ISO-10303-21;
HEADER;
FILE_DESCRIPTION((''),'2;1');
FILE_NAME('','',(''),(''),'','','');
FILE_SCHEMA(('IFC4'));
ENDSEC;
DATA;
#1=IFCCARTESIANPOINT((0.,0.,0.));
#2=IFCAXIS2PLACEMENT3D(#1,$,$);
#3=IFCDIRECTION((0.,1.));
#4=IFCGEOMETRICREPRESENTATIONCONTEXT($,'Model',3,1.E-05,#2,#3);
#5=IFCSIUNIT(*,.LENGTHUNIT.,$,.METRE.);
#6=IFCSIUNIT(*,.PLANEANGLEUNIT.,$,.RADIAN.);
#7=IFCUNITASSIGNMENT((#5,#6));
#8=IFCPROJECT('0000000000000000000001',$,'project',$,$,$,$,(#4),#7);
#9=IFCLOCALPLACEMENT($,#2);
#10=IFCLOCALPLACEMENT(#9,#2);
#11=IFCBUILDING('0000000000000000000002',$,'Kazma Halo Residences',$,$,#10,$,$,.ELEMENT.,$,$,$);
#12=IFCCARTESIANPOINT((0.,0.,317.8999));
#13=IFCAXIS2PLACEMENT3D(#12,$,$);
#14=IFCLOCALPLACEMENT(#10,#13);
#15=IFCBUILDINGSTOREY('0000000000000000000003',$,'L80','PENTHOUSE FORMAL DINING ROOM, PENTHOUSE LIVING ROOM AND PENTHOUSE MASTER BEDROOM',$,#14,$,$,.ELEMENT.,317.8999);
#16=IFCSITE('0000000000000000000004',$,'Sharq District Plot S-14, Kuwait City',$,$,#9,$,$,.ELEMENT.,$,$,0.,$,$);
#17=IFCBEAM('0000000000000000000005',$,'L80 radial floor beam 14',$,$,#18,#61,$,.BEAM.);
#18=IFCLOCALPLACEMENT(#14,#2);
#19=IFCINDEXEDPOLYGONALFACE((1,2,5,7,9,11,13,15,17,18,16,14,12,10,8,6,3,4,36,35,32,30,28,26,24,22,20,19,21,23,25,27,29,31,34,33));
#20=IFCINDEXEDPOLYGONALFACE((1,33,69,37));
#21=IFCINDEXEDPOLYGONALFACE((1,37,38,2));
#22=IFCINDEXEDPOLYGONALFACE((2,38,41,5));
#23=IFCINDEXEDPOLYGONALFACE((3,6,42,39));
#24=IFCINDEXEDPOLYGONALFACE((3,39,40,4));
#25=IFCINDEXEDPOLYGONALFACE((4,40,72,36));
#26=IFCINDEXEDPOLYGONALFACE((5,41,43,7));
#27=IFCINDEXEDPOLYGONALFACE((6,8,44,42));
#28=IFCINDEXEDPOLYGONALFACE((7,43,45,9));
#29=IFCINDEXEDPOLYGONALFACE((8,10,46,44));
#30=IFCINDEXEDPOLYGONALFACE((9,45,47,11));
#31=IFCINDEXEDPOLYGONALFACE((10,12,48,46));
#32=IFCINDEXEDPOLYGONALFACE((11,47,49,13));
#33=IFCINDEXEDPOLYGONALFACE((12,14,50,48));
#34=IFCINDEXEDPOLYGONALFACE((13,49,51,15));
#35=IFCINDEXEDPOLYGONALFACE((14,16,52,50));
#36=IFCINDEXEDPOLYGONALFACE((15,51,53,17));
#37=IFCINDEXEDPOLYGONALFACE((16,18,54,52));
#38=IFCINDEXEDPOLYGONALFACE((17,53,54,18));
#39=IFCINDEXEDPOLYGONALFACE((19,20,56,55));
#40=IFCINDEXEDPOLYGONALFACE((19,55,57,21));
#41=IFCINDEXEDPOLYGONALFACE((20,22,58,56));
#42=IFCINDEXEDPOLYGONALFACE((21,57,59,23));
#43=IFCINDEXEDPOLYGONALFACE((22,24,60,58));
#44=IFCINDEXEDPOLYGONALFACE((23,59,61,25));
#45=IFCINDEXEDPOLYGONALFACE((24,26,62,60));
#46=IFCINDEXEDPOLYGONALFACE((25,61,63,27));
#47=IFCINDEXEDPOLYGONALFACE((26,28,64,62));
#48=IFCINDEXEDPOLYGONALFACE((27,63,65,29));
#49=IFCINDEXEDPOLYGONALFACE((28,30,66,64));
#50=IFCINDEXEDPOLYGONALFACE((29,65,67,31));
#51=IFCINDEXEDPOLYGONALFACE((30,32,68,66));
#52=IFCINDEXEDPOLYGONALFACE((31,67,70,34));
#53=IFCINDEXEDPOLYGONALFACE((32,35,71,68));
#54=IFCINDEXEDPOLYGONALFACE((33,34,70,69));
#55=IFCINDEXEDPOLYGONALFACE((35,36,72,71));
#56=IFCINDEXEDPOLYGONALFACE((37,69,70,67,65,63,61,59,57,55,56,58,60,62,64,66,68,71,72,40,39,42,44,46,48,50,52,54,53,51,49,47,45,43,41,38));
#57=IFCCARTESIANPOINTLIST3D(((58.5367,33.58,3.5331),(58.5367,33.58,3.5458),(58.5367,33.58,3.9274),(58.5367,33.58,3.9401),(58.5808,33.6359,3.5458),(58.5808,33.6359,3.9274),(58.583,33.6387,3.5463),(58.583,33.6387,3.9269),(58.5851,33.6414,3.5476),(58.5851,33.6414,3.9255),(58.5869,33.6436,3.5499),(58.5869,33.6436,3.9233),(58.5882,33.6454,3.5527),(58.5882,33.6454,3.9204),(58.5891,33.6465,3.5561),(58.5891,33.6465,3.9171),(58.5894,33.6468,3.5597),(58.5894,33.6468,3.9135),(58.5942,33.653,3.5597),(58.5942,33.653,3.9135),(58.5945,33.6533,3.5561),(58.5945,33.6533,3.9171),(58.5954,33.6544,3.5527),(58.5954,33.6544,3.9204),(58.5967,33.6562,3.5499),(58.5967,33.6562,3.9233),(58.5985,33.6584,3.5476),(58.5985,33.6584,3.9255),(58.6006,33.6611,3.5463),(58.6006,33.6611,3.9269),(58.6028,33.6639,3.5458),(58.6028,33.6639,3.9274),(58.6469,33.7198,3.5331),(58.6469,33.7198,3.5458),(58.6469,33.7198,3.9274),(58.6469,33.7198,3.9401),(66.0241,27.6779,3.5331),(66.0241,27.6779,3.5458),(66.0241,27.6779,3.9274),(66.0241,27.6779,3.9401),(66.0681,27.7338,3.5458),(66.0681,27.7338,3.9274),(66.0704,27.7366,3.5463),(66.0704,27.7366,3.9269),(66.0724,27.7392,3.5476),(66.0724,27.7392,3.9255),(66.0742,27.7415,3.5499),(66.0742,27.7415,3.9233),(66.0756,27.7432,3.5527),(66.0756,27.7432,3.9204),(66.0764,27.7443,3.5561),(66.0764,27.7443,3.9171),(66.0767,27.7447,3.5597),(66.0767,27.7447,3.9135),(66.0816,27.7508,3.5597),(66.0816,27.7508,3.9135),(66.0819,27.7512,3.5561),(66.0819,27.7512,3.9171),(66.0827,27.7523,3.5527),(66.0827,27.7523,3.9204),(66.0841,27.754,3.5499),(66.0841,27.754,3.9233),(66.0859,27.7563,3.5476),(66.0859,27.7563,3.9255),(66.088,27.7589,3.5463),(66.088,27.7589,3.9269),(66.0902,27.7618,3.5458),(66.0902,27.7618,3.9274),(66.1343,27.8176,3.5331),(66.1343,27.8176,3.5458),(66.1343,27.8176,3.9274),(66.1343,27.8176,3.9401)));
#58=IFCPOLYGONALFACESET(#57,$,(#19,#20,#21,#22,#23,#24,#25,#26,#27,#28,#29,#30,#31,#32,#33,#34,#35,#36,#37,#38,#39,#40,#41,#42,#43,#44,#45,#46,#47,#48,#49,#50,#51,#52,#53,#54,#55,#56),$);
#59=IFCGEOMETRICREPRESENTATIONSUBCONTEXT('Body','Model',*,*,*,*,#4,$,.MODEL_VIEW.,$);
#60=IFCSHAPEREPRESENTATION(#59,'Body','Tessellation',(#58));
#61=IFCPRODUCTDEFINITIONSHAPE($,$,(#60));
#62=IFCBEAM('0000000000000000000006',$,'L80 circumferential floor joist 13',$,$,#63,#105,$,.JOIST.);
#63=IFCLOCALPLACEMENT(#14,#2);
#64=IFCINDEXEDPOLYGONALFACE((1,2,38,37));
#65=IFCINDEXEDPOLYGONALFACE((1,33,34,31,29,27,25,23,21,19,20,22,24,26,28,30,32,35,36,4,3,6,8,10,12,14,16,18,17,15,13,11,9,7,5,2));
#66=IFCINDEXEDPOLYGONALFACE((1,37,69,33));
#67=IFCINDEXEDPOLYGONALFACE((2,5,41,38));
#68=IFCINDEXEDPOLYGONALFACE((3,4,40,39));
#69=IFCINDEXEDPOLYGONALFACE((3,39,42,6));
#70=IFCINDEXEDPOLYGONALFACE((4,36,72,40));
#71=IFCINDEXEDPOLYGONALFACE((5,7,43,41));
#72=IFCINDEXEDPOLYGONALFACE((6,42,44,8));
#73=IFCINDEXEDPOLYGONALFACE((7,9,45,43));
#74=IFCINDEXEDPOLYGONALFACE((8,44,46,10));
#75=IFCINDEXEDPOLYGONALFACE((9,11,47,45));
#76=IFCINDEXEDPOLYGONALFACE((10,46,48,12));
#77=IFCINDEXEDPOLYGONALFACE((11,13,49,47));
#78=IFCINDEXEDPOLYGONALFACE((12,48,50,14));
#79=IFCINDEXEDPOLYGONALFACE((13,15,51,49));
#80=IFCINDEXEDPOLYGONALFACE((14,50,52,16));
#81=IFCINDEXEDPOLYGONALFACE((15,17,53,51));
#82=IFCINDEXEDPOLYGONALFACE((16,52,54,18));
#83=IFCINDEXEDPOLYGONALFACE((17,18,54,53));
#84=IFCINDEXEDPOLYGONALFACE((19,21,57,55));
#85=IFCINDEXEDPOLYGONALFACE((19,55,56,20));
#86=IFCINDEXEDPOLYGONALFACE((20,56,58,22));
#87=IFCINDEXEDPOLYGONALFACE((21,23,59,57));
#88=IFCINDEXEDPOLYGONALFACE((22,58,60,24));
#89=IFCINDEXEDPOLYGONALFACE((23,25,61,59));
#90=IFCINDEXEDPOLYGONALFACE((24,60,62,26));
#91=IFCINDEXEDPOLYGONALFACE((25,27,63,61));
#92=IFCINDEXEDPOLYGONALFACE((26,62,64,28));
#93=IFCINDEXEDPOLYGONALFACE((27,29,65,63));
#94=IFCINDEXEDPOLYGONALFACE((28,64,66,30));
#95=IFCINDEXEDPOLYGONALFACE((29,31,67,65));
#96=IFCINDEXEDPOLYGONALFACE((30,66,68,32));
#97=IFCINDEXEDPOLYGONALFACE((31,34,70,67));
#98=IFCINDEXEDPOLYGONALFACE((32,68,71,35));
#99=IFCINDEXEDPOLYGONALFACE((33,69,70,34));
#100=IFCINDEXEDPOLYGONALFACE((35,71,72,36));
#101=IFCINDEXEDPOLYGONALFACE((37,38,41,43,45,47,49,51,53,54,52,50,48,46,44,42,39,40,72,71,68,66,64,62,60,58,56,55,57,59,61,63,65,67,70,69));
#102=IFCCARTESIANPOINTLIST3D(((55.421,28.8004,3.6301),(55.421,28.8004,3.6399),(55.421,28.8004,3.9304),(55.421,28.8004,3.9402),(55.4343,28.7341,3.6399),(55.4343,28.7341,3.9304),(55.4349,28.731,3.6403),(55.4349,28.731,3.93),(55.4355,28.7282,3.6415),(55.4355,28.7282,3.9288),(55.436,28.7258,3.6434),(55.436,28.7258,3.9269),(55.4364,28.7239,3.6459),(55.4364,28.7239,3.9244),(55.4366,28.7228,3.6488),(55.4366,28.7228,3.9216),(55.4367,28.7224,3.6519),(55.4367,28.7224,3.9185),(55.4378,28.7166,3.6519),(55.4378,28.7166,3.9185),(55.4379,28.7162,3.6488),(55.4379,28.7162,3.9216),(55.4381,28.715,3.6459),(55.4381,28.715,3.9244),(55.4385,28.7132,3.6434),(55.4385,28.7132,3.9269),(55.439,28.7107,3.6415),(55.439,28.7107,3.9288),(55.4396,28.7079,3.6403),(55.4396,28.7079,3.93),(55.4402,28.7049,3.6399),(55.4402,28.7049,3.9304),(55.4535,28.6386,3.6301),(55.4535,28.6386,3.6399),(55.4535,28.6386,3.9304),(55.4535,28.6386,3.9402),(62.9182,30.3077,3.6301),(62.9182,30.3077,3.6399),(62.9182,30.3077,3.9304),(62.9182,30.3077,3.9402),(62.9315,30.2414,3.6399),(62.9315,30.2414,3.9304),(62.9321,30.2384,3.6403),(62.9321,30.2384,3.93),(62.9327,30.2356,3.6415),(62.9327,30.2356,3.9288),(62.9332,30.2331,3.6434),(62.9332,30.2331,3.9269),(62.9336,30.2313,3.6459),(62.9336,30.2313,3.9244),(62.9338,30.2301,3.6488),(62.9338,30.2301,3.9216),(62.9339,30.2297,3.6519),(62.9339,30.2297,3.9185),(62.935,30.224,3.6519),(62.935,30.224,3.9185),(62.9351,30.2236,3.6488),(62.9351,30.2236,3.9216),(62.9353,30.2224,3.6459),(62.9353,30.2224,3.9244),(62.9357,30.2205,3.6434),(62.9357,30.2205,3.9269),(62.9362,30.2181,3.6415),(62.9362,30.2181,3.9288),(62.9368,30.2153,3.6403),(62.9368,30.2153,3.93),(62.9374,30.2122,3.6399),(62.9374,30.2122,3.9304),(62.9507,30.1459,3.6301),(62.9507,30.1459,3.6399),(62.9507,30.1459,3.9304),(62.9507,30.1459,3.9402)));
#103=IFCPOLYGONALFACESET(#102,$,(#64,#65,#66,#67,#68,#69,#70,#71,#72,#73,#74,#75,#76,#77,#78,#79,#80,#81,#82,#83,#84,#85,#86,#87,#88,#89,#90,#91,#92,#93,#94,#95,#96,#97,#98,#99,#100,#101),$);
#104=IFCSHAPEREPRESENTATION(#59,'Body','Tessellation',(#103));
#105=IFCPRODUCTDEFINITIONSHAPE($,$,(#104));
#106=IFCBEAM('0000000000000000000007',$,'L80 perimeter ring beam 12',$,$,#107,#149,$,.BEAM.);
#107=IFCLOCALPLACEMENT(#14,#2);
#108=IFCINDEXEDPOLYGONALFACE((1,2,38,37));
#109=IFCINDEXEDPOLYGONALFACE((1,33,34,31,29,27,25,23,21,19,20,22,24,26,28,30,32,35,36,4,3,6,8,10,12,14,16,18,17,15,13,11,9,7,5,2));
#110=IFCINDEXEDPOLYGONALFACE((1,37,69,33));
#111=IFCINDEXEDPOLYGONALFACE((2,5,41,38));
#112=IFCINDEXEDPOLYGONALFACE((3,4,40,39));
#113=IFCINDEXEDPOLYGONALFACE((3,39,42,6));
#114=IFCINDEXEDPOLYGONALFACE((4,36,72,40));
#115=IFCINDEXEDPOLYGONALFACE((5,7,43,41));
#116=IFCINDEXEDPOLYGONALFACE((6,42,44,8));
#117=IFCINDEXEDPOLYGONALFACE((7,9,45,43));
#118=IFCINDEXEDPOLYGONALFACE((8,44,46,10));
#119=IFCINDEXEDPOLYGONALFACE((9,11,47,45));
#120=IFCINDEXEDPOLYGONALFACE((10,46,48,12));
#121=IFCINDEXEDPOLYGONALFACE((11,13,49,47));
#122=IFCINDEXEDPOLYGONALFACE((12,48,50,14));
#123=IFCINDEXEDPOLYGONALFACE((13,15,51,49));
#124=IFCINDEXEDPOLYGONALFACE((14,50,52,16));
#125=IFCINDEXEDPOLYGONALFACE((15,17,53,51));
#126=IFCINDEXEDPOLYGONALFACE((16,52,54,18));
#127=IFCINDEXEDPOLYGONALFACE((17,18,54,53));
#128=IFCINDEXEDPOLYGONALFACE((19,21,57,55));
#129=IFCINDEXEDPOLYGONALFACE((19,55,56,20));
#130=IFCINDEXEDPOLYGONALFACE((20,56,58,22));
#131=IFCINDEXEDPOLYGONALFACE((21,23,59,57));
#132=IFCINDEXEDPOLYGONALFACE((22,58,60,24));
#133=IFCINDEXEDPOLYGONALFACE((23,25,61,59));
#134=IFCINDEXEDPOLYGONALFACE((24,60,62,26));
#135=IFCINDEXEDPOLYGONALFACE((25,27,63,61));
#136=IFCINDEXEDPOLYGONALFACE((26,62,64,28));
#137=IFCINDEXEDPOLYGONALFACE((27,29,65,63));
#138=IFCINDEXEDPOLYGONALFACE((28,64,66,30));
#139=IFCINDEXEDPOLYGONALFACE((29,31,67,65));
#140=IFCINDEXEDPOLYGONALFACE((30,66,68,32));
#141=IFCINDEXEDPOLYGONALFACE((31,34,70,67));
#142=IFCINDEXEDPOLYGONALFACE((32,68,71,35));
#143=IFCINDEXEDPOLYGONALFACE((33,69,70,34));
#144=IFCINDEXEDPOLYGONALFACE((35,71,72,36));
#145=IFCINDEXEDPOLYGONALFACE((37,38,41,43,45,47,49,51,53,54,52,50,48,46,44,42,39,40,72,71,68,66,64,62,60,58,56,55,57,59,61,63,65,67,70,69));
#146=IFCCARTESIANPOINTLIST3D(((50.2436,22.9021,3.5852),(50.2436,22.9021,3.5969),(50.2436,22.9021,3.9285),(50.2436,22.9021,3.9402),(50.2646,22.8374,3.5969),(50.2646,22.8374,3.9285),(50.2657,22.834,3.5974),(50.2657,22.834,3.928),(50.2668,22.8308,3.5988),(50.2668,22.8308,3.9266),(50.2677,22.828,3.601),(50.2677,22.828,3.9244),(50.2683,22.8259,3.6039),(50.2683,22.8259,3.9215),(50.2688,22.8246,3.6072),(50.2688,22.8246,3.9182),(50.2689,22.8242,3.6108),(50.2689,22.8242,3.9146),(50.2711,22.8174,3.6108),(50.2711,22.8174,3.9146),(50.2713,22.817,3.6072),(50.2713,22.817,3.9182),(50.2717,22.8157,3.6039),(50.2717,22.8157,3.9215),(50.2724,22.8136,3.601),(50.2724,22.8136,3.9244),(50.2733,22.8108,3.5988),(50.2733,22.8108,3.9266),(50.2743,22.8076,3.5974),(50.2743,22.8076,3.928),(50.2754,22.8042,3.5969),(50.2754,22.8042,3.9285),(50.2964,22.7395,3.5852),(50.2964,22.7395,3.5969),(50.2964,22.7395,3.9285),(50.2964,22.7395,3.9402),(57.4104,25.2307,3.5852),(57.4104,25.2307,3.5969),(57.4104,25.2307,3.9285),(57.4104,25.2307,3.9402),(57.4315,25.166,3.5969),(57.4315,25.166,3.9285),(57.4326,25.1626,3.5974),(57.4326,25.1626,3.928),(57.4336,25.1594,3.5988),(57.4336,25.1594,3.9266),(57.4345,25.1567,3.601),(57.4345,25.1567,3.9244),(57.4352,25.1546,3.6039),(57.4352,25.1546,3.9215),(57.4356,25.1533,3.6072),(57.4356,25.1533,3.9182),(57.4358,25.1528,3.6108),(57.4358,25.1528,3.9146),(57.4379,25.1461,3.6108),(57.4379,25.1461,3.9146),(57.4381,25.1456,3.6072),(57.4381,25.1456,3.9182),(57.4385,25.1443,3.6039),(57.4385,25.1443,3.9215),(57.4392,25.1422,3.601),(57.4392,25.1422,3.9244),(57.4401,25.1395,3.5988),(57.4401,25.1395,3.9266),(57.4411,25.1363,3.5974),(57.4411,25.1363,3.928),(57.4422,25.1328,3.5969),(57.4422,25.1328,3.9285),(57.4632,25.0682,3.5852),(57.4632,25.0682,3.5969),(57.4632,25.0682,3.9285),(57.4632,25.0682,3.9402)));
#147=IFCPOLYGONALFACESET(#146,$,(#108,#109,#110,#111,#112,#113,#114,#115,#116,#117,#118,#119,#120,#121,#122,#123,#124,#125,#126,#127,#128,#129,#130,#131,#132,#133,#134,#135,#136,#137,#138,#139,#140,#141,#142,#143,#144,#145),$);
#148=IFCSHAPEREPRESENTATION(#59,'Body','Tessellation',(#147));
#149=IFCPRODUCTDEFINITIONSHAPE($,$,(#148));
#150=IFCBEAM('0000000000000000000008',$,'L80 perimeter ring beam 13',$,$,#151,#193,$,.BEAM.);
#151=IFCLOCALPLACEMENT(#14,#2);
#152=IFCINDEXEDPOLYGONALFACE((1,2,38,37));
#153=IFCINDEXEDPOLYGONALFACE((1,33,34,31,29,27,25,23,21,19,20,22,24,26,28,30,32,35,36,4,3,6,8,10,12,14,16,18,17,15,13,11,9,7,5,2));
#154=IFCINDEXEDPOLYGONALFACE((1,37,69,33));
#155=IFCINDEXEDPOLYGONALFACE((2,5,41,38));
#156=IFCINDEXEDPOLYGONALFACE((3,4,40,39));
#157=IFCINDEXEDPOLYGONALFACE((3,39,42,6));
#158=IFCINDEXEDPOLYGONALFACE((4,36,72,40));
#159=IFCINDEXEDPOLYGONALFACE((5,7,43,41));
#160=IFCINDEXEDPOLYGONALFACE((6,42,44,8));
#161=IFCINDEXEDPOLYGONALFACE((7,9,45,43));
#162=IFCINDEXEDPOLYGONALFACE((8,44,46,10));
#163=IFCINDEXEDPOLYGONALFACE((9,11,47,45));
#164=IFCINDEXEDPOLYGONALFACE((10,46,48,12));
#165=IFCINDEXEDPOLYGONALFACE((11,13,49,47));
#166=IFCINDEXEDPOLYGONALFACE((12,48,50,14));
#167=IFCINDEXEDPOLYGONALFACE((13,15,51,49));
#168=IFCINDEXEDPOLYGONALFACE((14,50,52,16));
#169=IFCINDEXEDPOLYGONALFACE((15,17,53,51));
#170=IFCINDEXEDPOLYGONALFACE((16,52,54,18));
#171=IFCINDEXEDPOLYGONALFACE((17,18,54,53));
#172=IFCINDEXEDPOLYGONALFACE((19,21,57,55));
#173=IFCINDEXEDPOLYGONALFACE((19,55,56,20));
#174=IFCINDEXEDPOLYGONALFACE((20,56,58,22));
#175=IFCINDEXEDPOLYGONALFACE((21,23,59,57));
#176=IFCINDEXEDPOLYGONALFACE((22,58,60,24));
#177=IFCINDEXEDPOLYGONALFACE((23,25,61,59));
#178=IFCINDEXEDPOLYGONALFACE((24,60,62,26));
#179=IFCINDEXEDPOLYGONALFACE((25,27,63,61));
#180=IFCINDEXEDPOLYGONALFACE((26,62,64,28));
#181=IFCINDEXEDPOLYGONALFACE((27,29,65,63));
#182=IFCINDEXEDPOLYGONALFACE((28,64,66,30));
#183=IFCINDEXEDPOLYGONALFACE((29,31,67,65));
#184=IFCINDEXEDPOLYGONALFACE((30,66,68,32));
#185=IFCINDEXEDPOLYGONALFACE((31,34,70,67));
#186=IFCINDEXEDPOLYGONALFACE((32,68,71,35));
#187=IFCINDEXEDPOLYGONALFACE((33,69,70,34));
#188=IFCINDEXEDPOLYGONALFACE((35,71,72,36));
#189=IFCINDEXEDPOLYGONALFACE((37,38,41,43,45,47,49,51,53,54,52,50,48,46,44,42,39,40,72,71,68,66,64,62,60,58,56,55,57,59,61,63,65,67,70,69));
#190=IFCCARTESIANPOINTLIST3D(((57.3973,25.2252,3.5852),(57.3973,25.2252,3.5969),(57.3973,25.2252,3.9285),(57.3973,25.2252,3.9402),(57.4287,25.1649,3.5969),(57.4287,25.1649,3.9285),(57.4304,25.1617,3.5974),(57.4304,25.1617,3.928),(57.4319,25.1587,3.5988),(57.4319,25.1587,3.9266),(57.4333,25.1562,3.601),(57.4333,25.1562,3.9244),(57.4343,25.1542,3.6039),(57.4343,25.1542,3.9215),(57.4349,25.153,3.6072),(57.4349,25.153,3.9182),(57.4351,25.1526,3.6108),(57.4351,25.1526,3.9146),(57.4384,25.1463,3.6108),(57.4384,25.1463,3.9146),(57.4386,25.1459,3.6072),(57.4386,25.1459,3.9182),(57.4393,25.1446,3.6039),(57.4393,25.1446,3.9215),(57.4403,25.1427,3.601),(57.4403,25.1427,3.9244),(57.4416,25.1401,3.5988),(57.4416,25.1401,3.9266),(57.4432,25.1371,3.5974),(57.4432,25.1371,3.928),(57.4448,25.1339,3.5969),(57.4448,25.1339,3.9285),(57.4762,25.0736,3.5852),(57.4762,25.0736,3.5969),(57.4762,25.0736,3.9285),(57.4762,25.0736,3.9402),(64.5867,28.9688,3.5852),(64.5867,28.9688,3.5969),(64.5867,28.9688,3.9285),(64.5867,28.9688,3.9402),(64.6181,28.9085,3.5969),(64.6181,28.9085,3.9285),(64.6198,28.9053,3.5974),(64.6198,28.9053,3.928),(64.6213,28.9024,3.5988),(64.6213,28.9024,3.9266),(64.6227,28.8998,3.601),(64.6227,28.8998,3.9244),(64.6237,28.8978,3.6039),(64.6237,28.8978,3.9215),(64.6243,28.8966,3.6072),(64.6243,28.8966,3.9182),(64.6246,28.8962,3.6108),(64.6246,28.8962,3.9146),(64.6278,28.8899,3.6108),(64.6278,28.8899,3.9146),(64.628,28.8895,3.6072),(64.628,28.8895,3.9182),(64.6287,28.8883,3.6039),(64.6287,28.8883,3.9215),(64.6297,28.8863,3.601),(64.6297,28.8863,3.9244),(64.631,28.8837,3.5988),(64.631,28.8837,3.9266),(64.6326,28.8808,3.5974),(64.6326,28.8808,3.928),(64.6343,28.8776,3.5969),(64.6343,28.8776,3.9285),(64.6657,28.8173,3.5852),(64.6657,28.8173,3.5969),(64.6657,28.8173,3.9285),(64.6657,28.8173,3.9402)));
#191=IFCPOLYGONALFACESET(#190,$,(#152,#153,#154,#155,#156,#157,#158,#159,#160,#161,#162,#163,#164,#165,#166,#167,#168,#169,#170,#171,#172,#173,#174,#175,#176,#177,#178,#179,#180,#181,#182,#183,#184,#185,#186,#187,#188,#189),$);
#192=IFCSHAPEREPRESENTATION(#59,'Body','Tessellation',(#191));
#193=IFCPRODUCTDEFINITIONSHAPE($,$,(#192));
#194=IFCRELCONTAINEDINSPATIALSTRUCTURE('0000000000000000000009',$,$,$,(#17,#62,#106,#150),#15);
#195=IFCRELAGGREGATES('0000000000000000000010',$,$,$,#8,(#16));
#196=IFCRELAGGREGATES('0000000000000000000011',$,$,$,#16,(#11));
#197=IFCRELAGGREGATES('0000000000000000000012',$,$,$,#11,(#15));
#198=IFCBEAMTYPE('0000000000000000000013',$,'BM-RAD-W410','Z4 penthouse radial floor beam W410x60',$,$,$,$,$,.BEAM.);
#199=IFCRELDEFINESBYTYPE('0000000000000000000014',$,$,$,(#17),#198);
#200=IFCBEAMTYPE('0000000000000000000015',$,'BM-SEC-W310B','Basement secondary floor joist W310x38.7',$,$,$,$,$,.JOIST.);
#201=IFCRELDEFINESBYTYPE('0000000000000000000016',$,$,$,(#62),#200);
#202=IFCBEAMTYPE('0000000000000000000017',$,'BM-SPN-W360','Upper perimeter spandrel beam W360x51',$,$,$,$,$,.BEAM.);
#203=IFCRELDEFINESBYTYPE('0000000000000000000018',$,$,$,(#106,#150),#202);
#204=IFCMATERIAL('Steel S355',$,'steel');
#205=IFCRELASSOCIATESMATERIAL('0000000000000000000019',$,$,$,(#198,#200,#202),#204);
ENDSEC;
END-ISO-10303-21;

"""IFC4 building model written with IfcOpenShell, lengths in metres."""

from ifc_helpers import new_model, si_unit, direction, frame, origin, origin_2d, place, context, subcontext, project, spatial, i_section, extrude, material, material_profile, profile_set, type_object, element, save


model = new_model("IFC4")

# Units and contexts
model_context = context("Model", 3, precision=1e-05, world=origin(), true_north=direction((0.0, 1.0)))
body_context = subcontext(model_context, "Body", "Model", "MODEL_VIEW")
ifc_project = project(units=[si_unit("LENGTHUNIT", "METRE"), si_unit("PLANEANGLEUNIT", "RADIAN")], contexts=[model_context])

# Site, building, storey
site_placement = place(None, origin())
site = spatial("IfcSite", under=ifc_project, at=site_placement, Name="Sharq District Plot S-14, Kuwait City", CompositionType="ELEMENT", RefElevation=0.0)
building_placement = place(site_placement, origin())
building = spatial("IfcBuilding", under=site, at=building_placement, Name="Kazma Halo Residences", CompositionType="ELEMENT")
storey_placement = place(building_placement, frame((0.0, 0.0, 317.8999)))
storey = spatial("IfcBuildingStorey", under=building, at=storey_placement, Name="L80", Description="PENTHOUSE FORMAL DINING ROOM, PENTHOUSE LIVING ROOM AND PENTHOUSE MASTER BEDROOM", CompositionType="ELEMENT", Elevation=317.8999)

# Beams
ifc_material_1 = material(Name="Steel S355", Category="steel")
ifc_material_profile_1 = material_profile(ifc_material_1, i_section(OverallWidth=0.178, OverallDepth=0.407, WebThickness=0.0078, FlangeThickness=0.0127, FilletRadius=0.0139, at=origin_2d()), Name="W410x60")
ifc_profile_set_1 = profile_set([ifc_material_profile_1], Name="Steel S355")
beam_type_1 = type_object("IfcBeamType", Name="BM-RAD-W410", Description="Z4 penthouse radial floor beam W410x60", PredefinedType="BEAM", material=ifc_profile_set_1)
beam_1_placement = place(storey_placement, frame((58.5918, 33.6499, 3.7366), z_axis=(0.785338, -0.619067, 0.0), x_axis=(0.619067, 0.785338, 0.0)))
element("IfcBeam", 1, at=beam_1_placement, inside=storey, type_object=beam_type_1, Name="L80 radial floor beam 14", PredefinedType="BEAM", context=body_context, shape_type="SweptSolid", body=[
    extrude(i_section(OverallWidth=0.178, OverallDepth=0.407, WebThickness=0.0078, FlangeThickness=0.0127, FilletRadius=0.0139, at=origin_2d()), origin(), (0.0, 0.0, 1.0), 9.5339),
])
ifc_material_profile_2 = material_profile(ifc_material_1, i_section(OverallWidth=0.165, OverallDepth=0.3101, WebThickness=0.0059, FlangeThickness=0.0098, FilletRadius=0.012, at=origin_2d()), Name="W310x38.7")
ifc_profile_set_2 = profile_set([ifc_material_profile_2], Name="Steel S355")
beam_type_2 = type_object("IfcBeamType", Name="BM-SEC-W310B", Description="Basement secondary floor joist W310x38.7", PredefinedType="JOIST", material=ifc_profile_set_2)
beam_2_placement = place(storey_placement, frame((55.4373, 28.7195, 3.7852), z_axis=(0.980381, 0.197111, 0.0), x_axis=(-0.197111, 0.980381, 0.0)))
element("IfcBeam", 2, at=beam_2_placement, inside=storey, type_object=beam_type_2, Name="L80 circumferential floor joist 13", PredefinedType="JOIST", context=body_context, shape_type="SweptSolid", body=[
    extrude(i_section(OverallWidth=0.165, OverallDepth=0.3101, WebThickness=0.0059, FlangeThickness=0.0098, FilletRadius=0.012, at=origin_2d()), origin(), (0.0, 0.0, 1.0), 7.6472),
])
ifc_material_profile_3 = material_profile(ifc_material_1, i_section(OverallWidth=0.1709, OverallDepth=0.355, WebThickness=0.0071, FlangeThickness=0.0117, FilletRadius=0.0139, at=origin_2d()), Name="W360x51")
ifc_profile_set_3 = profile_set([ifc_material_profile_3], Name="Steel S355")
beam_type_3 = type_object("IfcBeamType", Name="BM-SPN-W360", Description="Upper perimeter spandrel beam W360x51", PredefinedType="BEAM", material=ifc_profile_set_3)
beam_3_placement = place(storey_placement, frame((50.27, 22.8208, 3.7627), z_axis=(0.951057, 0.309016, 0.0), x_axis=(-0.309016, 0.951057, 0.0)))
element("IfcBeam", 3, at=beam_3_placement, inside=storey, type_object=beam_type_3, Name="L80 perimeter ring beam 12", PredefinedType="BEAM", context=body_context, shape_type="SweptSolid", body=[
    extrude(i_section(OverallWidth=0.1709, OverallDepth=0.355, WebThickness=0.0071, FlangeThickness=0.0117, FilletRadius=0.0139, at=origin_2d()), origin(), (0.0, 0.0, 1.0), 7.5356),
])
beam_4_placement = place(storey_placement, frame((57.4368, 25.1494, 3.7627), z_axis=(0.886957, 0.461851, 0.0), x_axis=(-0.461851, 0.886957, 0.0)))
element("IfcBeam", 4, at=beam_4_placement, inside=storey, type_object=beam_type_3, Name="L80 perimeter ring beam 13", PredefinedType="BEAM", context=body_context, shape_type="SweptSolid", body=[
    extrude(i_section(OverallWidth=0.1709, OverallDepth=0.355, WebThickness=0.0071, FlangeThickness=0.0117, FilletRadius=0.0139, at=origin_2d()), origin(), (0.0, 0.0, 1.0), 8.1057),
])

save(model, "model.ifc")
